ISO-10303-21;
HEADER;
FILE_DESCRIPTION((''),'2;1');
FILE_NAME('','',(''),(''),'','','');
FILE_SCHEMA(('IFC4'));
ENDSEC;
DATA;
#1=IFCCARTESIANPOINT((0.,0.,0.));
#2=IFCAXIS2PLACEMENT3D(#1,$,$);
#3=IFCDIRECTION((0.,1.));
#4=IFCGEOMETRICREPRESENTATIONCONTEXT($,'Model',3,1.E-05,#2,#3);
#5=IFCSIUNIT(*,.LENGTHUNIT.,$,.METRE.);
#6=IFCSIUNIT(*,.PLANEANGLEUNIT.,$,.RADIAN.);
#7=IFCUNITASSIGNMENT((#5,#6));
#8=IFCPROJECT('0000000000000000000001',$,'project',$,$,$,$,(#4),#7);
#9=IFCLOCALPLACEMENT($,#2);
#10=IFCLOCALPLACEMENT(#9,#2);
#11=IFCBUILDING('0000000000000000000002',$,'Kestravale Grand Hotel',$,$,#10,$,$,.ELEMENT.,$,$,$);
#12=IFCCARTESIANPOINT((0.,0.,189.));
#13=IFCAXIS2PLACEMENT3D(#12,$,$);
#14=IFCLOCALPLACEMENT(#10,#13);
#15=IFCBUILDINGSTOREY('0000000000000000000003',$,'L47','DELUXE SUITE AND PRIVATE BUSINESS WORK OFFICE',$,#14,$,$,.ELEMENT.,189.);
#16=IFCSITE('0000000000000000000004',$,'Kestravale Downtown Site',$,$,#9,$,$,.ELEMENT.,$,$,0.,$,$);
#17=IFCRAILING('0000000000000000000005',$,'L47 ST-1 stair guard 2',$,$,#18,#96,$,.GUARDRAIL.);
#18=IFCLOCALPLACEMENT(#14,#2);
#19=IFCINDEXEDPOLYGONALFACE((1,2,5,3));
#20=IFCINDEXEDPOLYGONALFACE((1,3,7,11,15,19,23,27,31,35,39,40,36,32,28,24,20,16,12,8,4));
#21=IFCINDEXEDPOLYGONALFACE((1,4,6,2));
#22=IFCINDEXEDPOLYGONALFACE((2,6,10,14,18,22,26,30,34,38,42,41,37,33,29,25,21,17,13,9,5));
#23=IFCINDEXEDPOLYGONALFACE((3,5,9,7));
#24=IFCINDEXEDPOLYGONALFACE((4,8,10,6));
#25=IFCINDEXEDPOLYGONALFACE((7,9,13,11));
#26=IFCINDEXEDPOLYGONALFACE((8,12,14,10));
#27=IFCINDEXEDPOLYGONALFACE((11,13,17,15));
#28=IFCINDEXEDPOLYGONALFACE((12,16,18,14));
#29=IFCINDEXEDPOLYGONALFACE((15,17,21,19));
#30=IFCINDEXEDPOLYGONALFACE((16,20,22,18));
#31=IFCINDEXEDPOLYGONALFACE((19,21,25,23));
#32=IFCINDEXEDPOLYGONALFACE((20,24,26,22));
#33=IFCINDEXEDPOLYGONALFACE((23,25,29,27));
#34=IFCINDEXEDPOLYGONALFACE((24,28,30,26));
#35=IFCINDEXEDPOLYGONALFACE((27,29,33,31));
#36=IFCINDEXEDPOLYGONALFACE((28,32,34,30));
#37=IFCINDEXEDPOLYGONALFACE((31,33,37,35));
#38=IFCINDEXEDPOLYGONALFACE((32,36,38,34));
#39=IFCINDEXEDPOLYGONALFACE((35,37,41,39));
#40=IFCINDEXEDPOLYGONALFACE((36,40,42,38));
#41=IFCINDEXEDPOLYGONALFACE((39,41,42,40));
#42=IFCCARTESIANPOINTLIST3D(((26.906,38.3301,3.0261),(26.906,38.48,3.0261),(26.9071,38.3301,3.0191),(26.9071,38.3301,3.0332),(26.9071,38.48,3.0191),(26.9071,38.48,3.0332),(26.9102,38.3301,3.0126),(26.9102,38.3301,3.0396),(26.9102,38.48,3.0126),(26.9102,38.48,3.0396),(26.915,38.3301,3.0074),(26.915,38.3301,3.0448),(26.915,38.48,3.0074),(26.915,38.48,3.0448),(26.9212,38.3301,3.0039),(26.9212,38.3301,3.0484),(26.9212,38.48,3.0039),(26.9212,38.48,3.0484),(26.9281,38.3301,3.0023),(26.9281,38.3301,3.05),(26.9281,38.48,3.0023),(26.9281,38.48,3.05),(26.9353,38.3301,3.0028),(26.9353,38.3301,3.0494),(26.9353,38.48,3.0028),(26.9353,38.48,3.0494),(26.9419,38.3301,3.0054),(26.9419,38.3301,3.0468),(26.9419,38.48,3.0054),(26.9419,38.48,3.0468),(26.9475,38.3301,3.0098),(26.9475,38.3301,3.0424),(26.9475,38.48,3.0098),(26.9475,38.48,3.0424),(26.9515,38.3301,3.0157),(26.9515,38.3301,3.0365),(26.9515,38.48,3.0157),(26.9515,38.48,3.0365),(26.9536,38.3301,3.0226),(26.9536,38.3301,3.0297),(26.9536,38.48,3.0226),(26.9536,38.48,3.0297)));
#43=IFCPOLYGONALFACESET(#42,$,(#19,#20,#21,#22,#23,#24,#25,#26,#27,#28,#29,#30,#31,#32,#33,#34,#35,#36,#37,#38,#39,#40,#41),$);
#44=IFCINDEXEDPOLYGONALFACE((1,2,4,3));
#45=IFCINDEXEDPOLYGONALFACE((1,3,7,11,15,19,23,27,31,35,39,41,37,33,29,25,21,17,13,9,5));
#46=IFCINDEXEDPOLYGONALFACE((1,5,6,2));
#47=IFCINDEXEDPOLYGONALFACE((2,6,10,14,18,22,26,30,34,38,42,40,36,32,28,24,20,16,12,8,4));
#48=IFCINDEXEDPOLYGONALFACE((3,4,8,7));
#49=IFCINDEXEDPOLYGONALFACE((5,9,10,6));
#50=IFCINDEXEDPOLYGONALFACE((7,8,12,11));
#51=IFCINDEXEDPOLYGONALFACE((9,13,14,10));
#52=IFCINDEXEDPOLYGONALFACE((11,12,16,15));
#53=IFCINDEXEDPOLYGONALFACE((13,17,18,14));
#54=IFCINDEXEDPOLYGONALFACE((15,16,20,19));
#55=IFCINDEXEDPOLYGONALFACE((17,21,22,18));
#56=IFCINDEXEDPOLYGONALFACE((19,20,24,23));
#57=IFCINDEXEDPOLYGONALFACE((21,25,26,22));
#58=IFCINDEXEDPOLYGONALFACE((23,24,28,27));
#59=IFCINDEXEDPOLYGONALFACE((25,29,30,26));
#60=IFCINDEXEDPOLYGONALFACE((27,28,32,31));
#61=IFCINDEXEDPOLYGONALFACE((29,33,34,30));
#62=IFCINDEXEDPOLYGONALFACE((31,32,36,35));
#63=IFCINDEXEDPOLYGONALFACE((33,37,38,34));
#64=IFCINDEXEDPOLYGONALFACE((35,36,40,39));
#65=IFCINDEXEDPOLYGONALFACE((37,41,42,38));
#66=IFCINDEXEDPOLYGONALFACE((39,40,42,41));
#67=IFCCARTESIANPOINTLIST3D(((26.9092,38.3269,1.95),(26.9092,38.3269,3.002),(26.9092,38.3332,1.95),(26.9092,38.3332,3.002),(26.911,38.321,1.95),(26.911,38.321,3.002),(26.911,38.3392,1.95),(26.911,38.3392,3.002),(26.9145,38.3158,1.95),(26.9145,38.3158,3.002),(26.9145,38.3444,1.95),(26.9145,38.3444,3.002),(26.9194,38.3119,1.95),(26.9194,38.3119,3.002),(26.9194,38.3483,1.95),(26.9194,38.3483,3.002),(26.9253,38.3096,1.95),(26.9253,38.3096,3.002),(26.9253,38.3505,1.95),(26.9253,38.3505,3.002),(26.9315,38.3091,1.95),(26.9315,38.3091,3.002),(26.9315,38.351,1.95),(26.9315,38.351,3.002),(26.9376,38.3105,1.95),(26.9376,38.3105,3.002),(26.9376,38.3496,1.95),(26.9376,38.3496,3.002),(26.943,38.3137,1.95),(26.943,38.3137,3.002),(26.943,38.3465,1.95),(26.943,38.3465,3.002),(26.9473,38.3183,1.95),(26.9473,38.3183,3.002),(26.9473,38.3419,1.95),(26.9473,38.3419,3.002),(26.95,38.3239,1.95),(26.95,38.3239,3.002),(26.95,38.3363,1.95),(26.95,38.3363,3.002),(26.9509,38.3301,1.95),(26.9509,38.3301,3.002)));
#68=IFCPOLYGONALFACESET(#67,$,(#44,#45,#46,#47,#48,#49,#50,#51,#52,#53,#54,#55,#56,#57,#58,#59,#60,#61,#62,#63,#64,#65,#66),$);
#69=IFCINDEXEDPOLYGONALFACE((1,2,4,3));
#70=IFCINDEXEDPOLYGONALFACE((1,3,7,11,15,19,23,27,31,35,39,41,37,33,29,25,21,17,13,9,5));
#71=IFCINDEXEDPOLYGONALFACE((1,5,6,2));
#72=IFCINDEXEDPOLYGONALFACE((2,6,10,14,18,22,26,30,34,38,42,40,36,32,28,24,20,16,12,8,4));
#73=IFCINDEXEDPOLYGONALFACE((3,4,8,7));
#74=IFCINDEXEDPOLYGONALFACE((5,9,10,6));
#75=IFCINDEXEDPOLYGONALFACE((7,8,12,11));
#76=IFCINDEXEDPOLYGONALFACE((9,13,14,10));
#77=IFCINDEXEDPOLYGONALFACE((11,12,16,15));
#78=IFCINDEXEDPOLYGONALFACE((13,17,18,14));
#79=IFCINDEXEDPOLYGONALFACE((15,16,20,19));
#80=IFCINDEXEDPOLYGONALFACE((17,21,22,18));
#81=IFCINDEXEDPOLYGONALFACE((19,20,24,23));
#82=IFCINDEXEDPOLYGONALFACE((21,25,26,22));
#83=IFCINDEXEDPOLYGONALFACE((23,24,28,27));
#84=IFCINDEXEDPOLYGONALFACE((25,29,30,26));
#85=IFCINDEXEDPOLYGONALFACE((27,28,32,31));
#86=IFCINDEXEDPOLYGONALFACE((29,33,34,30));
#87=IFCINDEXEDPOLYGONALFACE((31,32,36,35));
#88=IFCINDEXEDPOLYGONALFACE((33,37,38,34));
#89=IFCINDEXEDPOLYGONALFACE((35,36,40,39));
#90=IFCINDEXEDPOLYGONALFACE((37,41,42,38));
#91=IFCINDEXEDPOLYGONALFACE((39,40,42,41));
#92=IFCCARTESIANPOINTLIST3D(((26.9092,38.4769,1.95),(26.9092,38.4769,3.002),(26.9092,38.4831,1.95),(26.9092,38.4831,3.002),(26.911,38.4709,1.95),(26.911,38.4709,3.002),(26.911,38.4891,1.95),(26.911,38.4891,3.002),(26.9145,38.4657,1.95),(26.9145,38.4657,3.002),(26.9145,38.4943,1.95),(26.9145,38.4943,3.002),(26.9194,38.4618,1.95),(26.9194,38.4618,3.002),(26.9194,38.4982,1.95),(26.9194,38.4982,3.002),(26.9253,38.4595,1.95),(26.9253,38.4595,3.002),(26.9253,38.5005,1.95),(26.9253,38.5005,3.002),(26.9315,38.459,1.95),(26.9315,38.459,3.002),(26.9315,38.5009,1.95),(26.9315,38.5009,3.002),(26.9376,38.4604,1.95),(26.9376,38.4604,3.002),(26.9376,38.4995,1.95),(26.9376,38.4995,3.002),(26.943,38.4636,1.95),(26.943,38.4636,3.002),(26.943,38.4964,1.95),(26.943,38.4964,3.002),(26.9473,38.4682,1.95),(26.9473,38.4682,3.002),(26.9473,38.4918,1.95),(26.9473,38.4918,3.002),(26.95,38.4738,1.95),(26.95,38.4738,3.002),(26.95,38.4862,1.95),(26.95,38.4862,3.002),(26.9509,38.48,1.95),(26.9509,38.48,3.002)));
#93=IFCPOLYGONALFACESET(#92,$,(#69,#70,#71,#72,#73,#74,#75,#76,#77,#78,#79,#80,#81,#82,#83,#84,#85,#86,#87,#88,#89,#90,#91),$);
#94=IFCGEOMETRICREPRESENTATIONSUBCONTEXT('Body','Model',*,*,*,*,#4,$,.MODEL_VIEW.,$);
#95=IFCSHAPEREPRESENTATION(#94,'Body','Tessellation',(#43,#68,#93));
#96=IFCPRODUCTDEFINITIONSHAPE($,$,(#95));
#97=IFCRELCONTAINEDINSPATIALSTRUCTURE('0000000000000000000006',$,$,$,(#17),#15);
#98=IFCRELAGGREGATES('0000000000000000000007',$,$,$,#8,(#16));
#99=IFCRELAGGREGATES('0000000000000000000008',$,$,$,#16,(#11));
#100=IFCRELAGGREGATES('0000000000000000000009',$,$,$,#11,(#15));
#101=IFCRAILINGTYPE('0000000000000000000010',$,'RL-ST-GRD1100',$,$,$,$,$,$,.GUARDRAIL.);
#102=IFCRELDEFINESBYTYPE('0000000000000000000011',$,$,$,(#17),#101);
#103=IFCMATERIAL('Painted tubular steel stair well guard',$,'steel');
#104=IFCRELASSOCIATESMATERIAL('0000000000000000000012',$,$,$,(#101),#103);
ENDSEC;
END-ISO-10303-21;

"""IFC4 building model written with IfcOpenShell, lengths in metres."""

from ifc_helpers import new_model, si_unit, direction, frame, origin, origin_2d, place, context, subcontext, project, spatial, circle, extrude, material, type_object, element, save


model = new_model("IFC4")

# Units and contexts
model_context = context("Model", 3, precision=1e-05, world=origin(), true_north=direction((0.0, 1.0)))
body_context = subcontext(model_context, "Body", "Model", "MODEL_VIEW")
ifc_project = project(units=[si_unit("LENGTHUNIT", "METRE"), si_unit("PLANEANGLEUNIT", "RADIAN")], contexts=[model_context])

# Site, building, storey
site_placement = place(None, origin())
site = spatial("IfcSite", under=ifc_project, at=site_placement, Name="Kestravale Downtown Site", CompositionType="ELEMENT", RefElevation=0.0)
building_placement = place(site_placement, origin())
building = spatial("IfcBuilding", under=site, at=building_placement, Name="Kestravale Grand Hotel", CompositionType="ELEMENT")
storey_placement = place(building_placement, frame((0.0, 0.0, 189.0)))
storey = spatial("IfcBuildingStorey", under=building, at=storey_placement, Name="L47", Description="DELUXE SUITE AND PRIVATE BUSINESS WORK OFFICE", CompositionType="ELEMENT", Elevation=189.0)

# Railing
ifc_material_1 = material(Name="Painted tubular steel stair well guard", Category="steel")
railing_type_1 = type_object("IfcRailingType", Name="RL-ST-GRD1100", PredefinedType="GUARDRAIL", material=ifc_material_1)
railing_1_placement = place(storey_placement, frame((26.9299, 38.3301, 1.95)))
element("IfcRailing", 1, at=railing_1_placement, inside=storey, type_object=railing_type_1, Name="L47 ST-1 stair guard 2", PredefinedType="GUARDRAIL", context=body_context, shape_type="SweptSolid", body=[
    extrude(circle(Radius=0.0239, at=origin_2d()), frame((0.0, 0.0, 1.0762), z_axis=(0.0, 1.0, 0.0), x_axis=(-1.0, 0.0, 0.0)), (0.0, 0.0, 1.0), 0.1499),
    extrude(circle(Radius=0.021, at=origin_2d()), origin(), (0.0, 0.0, 1.0), 1.052),
    extrude(circle(Radius=0.021, at=origin_2d()), frame((0.0, 0.1499, 0.0)), (0.0, 0.0, 1.0), 1.052),
])

save(model, "model.ifc")
